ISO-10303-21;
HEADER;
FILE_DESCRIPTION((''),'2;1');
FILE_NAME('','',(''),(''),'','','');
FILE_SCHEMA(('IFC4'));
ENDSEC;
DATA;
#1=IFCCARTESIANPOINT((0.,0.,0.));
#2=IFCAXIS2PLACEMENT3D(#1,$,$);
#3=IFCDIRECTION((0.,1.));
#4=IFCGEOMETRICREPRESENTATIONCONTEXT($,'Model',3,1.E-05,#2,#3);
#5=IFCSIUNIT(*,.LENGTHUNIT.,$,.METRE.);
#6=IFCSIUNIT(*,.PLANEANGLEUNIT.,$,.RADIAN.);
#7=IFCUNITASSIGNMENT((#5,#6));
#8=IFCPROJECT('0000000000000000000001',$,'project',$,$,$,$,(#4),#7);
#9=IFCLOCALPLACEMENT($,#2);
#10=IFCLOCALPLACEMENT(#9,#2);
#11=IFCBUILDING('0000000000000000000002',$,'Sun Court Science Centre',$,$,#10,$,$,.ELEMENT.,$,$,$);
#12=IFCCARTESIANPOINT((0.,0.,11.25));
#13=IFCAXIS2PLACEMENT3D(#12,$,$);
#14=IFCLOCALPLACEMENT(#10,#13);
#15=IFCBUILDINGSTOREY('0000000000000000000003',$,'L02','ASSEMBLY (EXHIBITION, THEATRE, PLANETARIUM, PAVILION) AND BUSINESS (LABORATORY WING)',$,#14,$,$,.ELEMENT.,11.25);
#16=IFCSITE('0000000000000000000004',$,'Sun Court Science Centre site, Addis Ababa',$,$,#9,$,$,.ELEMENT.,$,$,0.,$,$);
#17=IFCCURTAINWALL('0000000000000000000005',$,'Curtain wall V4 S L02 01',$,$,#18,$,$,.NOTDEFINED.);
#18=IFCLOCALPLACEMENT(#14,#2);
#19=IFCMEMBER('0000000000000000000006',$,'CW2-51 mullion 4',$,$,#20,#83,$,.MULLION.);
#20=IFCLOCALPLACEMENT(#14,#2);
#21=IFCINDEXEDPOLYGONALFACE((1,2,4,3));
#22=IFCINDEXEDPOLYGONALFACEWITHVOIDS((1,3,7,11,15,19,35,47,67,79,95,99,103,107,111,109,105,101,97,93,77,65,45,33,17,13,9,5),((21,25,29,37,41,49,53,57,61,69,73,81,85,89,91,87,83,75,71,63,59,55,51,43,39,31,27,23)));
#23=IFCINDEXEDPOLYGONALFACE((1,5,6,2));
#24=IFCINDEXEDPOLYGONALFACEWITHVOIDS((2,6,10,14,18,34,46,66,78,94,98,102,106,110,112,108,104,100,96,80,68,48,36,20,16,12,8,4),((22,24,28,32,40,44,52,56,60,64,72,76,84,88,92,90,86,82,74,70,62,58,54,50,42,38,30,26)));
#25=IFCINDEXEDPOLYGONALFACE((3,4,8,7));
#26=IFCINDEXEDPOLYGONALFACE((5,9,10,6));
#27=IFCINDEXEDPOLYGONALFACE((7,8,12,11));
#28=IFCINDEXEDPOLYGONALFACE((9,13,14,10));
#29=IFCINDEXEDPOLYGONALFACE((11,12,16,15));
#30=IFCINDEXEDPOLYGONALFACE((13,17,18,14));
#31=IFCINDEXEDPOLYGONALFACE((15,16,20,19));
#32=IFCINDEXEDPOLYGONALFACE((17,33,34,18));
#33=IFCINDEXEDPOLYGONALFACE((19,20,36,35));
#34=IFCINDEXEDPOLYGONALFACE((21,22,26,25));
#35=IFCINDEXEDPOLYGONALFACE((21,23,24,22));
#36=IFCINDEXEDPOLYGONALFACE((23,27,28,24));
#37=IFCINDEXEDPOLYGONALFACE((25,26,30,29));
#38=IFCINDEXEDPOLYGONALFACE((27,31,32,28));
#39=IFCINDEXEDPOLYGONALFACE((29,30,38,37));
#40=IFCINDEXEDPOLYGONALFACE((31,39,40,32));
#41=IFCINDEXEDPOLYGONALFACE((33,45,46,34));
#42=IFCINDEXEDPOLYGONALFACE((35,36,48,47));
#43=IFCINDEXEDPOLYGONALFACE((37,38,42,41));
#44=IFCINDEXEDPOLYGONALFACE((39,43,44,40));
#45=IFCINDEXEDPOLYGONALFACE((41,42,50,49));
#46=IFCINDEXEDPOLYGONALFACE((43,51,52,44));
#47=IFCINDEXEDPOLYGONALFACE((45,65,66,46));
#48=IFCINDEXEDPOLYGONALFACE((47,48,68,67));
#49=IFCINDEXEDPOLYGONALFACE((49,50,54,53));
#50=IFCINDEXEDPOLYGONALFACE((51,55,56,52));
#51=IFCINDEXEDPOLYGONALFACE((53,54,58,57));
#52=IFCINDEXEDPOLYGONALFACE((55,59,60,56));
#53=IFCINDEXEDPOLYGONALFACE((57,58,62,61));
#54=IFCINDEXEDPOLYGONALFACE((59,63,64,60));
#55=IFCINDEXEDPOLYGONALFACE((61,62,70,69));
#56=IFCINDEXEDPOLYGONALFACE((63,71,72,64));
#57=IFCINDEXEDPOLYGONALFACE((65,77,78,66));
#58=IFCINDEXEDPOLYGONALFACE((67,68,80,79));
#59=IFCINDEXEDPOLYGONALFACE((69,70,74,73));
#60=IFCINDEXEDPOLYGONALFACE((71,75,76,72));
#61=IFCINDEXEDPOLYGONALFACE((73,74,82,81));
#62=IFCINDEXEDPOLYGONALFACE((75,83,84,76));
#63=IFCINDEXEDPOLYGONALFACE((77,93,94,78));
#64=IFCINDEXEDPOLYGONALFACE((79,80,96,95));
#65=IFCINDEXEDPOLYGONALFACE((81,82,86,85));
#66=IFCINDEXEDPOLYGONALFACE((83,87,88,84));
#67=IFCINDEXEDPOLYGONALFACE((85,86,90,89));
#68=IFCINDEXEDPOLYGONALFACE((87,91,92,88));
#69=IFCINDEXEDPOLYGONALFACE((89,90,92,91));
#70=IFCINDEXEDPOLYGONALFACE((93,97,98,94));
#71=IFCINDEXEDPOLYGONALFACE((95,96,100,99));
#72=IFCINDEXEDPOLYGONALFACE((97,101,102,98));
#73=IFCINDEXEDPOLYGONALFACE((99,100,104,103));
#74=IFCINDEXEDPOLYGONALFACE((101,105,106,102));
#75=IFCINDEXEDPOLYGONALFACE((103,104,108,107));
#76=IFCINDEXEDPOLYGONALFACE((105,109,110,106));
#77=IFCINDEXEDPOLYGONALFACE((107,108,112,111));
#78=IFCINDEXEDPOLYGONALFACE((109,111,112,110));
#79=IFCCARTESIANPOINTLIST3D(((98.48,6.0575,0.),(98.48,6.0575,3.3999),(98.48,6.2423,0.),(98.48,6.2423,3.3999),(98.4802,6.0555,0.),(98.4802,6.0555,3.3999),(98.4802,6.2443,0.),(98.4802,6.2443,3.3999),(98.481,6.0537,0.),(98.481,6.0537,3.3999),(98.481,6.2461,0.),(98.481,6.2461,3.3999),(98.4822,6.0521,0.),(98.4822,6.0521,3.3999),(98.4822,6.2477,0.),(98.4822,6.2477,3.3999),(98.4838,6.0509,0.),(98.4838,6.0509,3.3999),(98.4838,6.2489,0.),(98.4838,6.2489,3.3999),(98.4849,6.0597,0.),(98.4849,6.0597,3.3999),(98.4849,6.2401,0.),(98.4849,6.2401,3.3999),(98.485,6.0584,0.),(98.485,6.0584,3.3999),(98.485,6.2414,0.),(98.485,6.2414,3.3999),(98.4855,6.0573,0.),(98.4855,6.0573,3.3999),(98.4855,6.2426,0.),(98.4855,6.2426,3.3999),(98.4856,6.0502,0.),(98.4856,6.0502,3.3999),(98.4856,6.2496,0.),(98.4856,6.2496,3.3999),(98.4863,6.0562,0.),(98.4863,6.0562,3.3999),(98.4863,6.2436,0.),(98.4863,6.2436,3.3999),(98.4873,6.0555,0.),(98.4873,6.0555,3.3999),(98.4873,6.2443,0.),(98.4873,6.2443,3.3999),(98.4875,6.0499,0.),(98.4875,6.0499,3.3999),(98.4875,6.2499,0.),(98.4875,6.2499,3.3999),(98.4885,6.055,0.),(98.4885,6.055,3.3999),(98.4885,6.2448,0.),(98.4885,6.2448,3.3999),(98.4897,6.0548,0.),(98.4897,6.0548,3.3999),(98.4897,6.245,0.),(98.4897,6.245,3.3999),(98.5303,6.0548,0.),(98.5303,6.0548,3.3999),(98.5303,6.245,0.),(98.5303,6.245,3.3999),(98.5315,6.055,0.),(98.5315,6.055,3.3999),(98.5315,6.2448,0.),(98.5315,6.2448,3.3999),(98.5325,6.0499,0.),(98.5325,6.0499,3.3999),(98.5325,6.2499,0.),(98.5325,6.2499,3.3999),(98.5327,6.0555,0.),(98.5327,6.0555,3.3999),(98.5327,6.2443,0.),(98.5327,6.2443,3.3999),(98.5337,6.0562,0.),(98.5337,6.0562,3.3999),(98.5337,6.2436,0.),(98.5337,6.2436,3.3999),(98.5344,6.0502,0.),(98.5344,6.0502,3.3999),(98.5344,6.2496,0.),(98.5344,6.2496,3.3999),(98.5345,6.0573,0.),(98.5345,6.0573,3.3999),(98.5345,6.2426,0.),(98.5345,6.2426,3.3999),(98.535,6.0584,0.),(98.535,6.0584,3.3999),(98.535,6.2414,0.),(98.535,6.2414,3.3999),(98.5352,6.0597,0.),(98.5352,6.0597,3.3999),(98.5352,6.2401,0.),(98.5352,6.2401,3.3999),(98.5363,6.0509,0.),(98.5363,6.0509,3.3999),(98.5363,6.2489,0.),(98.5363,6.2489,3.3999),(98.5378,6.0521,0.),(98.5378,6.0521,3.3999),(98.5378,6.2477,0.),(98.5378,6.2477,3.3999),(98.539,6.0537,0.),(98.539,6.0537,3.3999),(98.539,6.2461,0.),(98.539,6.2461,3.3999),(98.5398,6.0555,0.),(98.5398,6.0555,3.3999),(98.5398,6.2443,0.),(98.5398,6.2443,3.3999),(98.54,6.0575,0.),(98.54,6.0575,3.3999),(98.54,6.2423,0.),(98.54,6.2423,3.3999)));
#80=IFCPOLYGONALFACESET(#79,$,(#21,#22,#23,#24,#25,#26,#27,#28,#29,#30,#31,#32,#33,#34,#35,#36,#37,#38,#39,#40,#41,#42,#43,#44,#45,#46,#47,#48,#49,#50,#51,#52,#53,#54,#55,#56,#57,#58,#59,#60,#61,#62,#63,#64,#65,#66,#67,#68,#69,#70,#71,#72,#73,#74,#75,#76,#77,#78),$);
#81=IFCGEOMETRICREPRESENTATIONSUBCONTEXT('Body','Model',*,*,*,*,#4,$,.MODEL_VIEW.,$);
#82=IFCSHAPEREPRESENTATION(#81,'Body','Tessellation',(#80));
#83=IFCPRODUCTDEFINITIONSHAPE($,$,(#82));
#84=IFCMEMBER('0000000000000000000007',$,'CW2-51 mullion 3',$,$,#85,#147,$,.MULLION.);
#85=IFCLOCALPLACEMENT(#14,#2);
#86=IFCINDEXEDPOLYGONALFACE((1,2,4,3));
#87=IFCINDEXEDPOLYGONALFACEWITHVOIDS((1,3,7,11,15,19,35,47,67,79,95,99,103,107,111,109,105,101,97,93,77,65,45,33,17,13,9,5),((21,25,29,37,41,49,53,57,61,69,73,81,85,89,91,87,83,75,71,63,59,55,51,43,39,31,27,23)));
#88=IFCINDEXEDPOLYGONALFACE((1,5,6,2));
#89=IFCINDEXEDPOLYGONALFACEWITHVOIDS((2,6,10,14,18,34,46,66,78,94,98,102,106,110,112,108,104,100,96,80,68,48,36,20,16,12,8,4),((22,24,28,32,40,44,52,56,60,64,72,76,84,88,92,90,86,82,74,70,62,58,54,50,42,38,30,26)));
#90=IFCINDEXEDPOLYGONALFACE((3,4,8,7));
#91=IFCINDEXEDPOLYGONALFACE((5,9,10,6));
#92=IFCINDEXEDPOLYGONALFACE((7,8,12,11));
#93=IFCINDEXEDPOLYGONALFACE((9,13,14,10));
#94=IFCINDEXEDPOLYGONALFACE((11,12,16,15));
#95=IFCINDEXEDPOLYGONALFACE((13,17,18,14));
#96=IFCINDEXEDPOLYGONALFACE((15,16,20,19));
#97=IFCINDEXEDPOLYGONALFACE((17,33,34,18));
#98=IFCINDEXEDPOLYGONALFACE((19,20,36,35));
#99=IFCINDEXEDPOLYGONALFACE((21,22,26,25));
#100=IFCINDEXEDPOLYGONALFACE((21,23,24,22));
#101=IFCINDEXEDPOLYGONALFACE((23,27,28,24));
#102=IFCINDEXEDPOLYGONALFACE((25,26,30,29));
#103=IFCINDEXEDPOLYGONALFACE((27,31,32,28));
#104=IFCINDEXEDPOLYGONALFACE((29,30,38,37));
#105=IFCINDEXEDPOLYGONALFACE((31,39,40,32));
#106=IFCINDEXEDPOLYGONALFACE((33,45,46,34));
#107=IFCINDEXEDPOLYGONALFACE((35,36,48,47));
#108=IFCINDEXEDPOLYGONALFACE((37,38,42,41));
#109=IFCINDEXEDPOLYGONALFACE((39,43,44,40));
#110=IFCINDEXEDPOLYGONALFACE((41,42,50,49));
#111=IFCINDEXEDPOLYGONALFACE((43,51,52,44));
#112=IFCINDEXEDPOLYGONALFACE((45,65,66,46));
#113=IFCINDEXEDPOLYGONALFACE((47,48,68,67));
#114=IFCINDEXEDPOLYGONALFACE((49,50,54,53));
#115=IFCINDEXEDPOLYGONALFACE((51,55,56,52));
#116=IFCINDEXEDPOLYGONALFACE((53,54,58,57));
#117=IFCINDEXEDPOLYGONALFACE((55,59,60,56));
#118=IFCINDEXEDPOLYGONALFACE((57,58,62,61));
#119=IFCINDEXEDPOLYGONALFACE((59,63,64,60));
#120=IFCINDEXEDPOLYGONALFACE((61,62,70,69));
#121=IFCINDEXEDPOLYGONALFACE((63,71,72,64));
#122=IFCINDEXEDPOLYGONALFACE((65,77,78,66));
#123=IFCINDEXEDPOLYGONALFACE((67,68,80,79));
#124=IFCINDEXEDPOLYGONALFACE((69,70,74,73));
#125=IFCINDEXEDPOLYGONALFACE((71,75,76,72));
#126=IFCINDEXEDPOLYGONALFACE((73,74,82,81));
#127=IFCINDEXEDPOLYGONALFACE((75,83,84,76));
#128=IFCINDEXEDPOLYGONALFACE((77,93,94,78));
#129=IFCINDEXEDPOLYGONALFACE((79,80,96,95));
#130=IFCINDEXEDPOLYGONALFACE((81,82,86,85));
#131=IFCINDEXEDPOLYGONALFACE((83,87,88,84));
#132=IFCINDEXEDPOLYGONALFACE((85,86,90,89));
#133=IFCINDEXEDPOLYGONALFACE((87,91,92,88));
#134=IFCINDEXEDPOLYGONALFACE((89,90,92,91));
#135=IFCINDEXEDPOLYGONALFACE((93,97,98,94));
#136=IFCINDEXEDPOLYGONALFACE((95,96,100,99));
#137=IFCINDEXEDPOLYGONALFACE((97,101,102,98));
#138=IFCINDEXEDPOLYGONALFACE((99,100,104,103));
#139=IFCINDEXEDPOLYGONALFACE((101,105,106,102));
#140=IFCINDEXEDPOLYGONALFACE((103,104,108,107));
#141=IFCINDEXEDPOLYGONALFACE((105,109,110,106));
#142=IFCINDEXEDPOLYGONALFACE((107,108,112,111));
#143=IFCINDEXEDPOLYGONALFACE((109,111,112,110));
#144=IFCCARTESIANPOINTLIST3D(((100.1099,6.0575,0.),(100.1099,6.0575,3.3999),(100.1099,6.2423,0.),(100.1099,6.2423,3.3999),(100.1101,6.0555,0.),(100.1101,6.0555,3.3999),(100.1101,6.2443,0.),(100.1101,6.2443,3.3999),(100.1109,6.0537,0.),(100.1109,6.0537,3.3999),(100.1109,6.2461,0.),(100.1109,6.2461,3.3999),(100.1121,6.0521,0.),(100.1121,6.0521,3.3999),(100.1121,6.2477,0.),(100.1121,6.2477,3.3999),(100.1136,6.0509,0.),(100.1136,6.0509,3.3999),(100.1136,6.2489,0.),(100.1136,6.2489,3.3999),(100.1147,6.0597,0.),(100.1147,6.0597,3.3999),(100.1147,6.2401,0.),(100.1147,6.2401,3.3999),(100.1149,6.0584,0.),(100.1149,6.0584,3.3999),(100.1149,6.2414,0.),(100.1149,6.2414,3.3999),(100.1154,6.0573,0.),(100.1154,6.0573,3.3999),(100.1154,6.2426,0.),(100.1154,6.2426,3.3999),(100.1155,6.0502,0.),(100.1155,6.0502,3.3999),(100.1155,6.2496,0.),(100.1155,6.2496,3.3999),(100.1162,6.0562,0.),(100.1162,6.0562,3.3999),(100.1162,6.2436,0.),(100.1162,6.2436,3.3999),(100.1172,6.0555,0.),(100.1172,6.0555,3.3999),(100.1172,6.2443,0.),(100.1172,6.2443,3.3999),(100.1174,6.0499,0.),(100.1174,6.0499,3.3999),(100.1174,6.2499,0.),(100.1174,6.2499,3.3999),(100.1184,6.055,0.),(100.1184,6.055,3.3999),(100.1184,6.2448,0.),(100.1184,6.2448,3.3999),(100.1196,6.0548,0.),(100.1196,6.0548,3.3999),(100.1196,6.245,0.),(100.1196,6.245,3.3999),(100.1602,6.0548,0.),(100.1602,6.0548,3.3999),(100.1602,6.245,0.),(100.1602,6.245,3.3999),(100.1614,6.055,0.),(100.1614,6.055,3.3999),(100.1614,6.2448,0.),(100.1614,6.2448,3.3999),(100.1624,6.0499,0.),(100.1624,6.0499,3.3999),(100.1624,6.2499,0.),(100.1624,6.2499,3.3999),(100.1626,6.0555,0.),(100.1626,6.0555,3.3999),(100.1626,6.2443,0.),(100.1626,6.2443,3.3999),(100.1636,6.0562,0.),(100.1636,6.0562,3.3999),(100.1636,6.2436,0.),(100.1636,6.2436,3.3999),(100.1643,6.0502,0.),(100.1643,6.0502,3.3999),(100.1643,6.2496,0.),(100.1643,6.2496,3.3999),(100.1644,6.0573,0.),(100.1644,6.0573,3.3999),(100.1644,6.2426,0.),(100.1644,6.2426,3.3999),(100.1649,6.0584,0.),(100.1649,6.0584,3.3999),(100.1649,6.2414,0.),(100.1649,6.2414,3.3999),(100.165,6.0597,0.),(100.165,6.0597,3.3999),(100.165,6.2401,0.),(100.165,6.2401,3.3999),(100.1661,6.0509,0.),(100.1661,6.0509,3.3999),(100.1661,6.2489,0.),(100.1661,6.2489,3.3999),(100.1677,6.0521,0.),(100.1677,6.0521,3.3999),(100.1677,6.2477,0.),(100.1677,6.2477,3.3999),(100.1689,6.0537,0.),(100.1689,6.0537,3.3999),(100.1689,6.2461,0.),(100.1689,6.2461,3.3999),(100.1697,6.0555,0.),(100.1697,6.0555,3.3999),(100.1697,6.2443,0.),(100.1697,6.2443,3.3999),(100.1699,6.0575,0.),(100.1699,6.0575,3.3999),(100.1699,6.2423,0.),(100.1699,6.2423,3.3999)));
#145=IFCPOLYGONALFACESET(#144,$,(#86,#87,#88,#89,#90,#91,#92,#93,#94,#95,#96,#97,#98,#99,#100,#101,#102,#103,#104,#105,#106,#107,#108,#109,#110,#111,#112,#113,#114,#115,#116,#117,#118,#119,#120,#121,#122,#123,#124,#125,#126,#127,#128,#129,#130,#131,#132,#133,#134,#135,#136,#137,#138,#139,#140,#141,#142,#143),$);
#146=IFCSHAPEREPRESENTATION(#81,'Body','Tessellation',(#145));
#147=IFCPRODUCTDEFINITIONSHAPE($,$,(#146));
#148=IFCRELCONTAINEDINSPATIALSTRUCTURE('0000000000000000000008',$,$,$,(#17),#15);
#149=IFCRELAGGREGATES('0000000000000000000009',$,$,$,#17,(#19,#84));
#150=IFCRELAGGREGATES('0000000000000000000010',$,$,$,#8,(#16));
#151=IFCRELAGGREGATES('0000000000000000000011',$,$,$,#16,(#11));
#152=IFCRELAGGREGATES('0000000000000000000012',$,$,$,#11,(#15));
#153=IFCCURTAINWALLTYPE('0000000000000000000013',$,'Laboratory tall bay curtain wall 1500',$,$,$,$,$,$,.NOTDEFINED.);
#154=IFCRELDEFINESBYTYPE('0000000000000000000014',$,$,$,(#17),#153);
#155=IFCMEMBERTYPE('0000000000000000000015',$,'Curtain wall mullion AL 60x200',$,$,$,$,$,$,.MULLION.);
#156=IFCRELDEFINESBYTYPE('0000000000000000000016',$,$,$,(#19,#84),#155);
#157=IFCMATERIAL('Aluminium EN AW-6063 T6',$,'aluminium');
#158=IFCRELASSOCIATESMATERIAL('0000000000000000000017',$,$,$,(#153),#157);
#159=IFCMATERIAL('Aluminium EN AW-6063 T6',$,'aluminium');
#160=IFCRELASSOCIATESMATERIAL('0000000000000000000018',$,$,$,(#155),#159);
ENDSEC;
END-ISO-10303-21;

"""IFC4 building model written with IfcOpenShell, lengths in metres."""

from ifc_helpers import new_model, si_unit, direction, frame, origin, origin_2d, place, context, subcontext, project, spatial, hollow_rectangle, extrude, material, material_profile, profile_set, type_object, element, aggregate, save


model = new_model("IFC4")

# Units and contexts
model_context = context("Model", 3, precision=1e-05, world=origin(), true_north=direction((0.0, 1.0)))
body_context = subcontext(model_context, "Body", "Model", "MODEL_VIEW")
ifc_project = project(units=[si_unit("LENGTHUNIT", "METRE"), si_unit("PLANEANGLEUNIT", "RADIAN")], contexts=[model_context])

# Site, building, storey
site_placement = place(None, origin())
site = spatial("IfcSite", under=ifc_project, at=site_placement, Name="Sun Court Science Centre site, Addis Ababa", CompositionType="ELEMENT", RefElevation=0.0)
building_placement = place(site_placement, origin())
building = spatial("IfcBuilding", under=site, at=building_placement, Name="Sun Court Science Centre", CompositionType="ELEMENT")
storey_placement = place(building_placement, frame((0.0, 0.0, 11.25)))
storey = spatial("IfcBuildingStorey", under=building, at=storey_placement, Name="L02", Description="ASSEMBLY (EXHIBITION, THEATRE, PLANETARIUM, PAVILION) AND BUSINESS (LABORATORY WING)", CompositionType="ELEMENT", Elevation=11.25)

# Curtain wall, members
ifc_material_1 = material(Name="Aluminium EN AW-6063 T6", Category="aluminium")
curtain_wall_type = type_object("IfcCurtainWallType", Name="Laboratory tall bay curtain wall 1500", PredefinedType="NOTDEFINED", material=ifc_material_1)
curtain_wall_1_placement = place(storey_placement, origin())
curtain_wall_1 = element("IfcCurtainWall", 1, at=curtain_wall_1_placement, inside=storey, type_object=curtain_wall_type, Name="Curtain wall V4 S L02 01", PredefinedType="NOTDEFINED")
ifc_material_2 = material(Name="Aluminium EN AW-6063 T6", Category="aluminium")
ifc_material_profile_1 = material_profile(ifc_material_2, hollow_rectangle(XDim=0.0601, YDim=0.2, WallThickness=0.0049, InnerFilletRadius=0.0049, OuterFilletRadius=0.0076, at=origin_2d()), Name="AL 60x200x5")
ifc_profile_set_1 = profile_set([ifc_material_profile_1], Name="Aluminium EN AW-6063 T6")
member_type_1 = type_object("IfcMemberType", Name="Curtain wall mullion AL 60x200", PredefinedType="MULLION", material=ifc_profile_set_1)
member_1_placement = place(storey_placement, frame((98.51, 6.1499, 0.0), z_axis=(0.0, 0.0, 1.0), x_axis=(-1.0, 0.0, 0.0)))
member_1 = element("IfcMember", 2, at=member_1_placement, type_object=member_type_1, Name="CW2-51 mullion 4", PredefinedType="MULLION", context=body_context, shape_type="SweptSolid", body=[
    extrude(hollow_rectangle(XDim=0.0601, YDim=0.2, WallThickness=0.0049, InnerFilletRadius=0.0049, OuterFilletRadius=0.0076, at=origin_2d()), origin(), (0.0, 0.0, 1.0), 3.3999),
])
member_2_placement = place(storey_placement, frame((100.1399, 6.1499, 0.0), z_axis=(0.0, 0.0, 1.0), x_axis=(-1.0, 0.0, 0.0)))
member_2 = element("IfcMember", 3, at=member_2_placement, type_object=member_type_1, Name="CW2-51 mullion 3", PredefinedType="MULLION", context=body_context, shape_type="SweptSolid", body=[
    extrude(hollow_rectangle(XDim=0.0601, YDim=0.2, WallThickness=0.0049, InnerFilletRadius=0.0049, OuterFilletRadius=0.0076, at=origin_2d()), origin(), (0.0, 0.0, 1.0), 3.3999),
])

aggregate(curtain_wall_1, [member_1, member_2])

save(model, "model.ifc")
